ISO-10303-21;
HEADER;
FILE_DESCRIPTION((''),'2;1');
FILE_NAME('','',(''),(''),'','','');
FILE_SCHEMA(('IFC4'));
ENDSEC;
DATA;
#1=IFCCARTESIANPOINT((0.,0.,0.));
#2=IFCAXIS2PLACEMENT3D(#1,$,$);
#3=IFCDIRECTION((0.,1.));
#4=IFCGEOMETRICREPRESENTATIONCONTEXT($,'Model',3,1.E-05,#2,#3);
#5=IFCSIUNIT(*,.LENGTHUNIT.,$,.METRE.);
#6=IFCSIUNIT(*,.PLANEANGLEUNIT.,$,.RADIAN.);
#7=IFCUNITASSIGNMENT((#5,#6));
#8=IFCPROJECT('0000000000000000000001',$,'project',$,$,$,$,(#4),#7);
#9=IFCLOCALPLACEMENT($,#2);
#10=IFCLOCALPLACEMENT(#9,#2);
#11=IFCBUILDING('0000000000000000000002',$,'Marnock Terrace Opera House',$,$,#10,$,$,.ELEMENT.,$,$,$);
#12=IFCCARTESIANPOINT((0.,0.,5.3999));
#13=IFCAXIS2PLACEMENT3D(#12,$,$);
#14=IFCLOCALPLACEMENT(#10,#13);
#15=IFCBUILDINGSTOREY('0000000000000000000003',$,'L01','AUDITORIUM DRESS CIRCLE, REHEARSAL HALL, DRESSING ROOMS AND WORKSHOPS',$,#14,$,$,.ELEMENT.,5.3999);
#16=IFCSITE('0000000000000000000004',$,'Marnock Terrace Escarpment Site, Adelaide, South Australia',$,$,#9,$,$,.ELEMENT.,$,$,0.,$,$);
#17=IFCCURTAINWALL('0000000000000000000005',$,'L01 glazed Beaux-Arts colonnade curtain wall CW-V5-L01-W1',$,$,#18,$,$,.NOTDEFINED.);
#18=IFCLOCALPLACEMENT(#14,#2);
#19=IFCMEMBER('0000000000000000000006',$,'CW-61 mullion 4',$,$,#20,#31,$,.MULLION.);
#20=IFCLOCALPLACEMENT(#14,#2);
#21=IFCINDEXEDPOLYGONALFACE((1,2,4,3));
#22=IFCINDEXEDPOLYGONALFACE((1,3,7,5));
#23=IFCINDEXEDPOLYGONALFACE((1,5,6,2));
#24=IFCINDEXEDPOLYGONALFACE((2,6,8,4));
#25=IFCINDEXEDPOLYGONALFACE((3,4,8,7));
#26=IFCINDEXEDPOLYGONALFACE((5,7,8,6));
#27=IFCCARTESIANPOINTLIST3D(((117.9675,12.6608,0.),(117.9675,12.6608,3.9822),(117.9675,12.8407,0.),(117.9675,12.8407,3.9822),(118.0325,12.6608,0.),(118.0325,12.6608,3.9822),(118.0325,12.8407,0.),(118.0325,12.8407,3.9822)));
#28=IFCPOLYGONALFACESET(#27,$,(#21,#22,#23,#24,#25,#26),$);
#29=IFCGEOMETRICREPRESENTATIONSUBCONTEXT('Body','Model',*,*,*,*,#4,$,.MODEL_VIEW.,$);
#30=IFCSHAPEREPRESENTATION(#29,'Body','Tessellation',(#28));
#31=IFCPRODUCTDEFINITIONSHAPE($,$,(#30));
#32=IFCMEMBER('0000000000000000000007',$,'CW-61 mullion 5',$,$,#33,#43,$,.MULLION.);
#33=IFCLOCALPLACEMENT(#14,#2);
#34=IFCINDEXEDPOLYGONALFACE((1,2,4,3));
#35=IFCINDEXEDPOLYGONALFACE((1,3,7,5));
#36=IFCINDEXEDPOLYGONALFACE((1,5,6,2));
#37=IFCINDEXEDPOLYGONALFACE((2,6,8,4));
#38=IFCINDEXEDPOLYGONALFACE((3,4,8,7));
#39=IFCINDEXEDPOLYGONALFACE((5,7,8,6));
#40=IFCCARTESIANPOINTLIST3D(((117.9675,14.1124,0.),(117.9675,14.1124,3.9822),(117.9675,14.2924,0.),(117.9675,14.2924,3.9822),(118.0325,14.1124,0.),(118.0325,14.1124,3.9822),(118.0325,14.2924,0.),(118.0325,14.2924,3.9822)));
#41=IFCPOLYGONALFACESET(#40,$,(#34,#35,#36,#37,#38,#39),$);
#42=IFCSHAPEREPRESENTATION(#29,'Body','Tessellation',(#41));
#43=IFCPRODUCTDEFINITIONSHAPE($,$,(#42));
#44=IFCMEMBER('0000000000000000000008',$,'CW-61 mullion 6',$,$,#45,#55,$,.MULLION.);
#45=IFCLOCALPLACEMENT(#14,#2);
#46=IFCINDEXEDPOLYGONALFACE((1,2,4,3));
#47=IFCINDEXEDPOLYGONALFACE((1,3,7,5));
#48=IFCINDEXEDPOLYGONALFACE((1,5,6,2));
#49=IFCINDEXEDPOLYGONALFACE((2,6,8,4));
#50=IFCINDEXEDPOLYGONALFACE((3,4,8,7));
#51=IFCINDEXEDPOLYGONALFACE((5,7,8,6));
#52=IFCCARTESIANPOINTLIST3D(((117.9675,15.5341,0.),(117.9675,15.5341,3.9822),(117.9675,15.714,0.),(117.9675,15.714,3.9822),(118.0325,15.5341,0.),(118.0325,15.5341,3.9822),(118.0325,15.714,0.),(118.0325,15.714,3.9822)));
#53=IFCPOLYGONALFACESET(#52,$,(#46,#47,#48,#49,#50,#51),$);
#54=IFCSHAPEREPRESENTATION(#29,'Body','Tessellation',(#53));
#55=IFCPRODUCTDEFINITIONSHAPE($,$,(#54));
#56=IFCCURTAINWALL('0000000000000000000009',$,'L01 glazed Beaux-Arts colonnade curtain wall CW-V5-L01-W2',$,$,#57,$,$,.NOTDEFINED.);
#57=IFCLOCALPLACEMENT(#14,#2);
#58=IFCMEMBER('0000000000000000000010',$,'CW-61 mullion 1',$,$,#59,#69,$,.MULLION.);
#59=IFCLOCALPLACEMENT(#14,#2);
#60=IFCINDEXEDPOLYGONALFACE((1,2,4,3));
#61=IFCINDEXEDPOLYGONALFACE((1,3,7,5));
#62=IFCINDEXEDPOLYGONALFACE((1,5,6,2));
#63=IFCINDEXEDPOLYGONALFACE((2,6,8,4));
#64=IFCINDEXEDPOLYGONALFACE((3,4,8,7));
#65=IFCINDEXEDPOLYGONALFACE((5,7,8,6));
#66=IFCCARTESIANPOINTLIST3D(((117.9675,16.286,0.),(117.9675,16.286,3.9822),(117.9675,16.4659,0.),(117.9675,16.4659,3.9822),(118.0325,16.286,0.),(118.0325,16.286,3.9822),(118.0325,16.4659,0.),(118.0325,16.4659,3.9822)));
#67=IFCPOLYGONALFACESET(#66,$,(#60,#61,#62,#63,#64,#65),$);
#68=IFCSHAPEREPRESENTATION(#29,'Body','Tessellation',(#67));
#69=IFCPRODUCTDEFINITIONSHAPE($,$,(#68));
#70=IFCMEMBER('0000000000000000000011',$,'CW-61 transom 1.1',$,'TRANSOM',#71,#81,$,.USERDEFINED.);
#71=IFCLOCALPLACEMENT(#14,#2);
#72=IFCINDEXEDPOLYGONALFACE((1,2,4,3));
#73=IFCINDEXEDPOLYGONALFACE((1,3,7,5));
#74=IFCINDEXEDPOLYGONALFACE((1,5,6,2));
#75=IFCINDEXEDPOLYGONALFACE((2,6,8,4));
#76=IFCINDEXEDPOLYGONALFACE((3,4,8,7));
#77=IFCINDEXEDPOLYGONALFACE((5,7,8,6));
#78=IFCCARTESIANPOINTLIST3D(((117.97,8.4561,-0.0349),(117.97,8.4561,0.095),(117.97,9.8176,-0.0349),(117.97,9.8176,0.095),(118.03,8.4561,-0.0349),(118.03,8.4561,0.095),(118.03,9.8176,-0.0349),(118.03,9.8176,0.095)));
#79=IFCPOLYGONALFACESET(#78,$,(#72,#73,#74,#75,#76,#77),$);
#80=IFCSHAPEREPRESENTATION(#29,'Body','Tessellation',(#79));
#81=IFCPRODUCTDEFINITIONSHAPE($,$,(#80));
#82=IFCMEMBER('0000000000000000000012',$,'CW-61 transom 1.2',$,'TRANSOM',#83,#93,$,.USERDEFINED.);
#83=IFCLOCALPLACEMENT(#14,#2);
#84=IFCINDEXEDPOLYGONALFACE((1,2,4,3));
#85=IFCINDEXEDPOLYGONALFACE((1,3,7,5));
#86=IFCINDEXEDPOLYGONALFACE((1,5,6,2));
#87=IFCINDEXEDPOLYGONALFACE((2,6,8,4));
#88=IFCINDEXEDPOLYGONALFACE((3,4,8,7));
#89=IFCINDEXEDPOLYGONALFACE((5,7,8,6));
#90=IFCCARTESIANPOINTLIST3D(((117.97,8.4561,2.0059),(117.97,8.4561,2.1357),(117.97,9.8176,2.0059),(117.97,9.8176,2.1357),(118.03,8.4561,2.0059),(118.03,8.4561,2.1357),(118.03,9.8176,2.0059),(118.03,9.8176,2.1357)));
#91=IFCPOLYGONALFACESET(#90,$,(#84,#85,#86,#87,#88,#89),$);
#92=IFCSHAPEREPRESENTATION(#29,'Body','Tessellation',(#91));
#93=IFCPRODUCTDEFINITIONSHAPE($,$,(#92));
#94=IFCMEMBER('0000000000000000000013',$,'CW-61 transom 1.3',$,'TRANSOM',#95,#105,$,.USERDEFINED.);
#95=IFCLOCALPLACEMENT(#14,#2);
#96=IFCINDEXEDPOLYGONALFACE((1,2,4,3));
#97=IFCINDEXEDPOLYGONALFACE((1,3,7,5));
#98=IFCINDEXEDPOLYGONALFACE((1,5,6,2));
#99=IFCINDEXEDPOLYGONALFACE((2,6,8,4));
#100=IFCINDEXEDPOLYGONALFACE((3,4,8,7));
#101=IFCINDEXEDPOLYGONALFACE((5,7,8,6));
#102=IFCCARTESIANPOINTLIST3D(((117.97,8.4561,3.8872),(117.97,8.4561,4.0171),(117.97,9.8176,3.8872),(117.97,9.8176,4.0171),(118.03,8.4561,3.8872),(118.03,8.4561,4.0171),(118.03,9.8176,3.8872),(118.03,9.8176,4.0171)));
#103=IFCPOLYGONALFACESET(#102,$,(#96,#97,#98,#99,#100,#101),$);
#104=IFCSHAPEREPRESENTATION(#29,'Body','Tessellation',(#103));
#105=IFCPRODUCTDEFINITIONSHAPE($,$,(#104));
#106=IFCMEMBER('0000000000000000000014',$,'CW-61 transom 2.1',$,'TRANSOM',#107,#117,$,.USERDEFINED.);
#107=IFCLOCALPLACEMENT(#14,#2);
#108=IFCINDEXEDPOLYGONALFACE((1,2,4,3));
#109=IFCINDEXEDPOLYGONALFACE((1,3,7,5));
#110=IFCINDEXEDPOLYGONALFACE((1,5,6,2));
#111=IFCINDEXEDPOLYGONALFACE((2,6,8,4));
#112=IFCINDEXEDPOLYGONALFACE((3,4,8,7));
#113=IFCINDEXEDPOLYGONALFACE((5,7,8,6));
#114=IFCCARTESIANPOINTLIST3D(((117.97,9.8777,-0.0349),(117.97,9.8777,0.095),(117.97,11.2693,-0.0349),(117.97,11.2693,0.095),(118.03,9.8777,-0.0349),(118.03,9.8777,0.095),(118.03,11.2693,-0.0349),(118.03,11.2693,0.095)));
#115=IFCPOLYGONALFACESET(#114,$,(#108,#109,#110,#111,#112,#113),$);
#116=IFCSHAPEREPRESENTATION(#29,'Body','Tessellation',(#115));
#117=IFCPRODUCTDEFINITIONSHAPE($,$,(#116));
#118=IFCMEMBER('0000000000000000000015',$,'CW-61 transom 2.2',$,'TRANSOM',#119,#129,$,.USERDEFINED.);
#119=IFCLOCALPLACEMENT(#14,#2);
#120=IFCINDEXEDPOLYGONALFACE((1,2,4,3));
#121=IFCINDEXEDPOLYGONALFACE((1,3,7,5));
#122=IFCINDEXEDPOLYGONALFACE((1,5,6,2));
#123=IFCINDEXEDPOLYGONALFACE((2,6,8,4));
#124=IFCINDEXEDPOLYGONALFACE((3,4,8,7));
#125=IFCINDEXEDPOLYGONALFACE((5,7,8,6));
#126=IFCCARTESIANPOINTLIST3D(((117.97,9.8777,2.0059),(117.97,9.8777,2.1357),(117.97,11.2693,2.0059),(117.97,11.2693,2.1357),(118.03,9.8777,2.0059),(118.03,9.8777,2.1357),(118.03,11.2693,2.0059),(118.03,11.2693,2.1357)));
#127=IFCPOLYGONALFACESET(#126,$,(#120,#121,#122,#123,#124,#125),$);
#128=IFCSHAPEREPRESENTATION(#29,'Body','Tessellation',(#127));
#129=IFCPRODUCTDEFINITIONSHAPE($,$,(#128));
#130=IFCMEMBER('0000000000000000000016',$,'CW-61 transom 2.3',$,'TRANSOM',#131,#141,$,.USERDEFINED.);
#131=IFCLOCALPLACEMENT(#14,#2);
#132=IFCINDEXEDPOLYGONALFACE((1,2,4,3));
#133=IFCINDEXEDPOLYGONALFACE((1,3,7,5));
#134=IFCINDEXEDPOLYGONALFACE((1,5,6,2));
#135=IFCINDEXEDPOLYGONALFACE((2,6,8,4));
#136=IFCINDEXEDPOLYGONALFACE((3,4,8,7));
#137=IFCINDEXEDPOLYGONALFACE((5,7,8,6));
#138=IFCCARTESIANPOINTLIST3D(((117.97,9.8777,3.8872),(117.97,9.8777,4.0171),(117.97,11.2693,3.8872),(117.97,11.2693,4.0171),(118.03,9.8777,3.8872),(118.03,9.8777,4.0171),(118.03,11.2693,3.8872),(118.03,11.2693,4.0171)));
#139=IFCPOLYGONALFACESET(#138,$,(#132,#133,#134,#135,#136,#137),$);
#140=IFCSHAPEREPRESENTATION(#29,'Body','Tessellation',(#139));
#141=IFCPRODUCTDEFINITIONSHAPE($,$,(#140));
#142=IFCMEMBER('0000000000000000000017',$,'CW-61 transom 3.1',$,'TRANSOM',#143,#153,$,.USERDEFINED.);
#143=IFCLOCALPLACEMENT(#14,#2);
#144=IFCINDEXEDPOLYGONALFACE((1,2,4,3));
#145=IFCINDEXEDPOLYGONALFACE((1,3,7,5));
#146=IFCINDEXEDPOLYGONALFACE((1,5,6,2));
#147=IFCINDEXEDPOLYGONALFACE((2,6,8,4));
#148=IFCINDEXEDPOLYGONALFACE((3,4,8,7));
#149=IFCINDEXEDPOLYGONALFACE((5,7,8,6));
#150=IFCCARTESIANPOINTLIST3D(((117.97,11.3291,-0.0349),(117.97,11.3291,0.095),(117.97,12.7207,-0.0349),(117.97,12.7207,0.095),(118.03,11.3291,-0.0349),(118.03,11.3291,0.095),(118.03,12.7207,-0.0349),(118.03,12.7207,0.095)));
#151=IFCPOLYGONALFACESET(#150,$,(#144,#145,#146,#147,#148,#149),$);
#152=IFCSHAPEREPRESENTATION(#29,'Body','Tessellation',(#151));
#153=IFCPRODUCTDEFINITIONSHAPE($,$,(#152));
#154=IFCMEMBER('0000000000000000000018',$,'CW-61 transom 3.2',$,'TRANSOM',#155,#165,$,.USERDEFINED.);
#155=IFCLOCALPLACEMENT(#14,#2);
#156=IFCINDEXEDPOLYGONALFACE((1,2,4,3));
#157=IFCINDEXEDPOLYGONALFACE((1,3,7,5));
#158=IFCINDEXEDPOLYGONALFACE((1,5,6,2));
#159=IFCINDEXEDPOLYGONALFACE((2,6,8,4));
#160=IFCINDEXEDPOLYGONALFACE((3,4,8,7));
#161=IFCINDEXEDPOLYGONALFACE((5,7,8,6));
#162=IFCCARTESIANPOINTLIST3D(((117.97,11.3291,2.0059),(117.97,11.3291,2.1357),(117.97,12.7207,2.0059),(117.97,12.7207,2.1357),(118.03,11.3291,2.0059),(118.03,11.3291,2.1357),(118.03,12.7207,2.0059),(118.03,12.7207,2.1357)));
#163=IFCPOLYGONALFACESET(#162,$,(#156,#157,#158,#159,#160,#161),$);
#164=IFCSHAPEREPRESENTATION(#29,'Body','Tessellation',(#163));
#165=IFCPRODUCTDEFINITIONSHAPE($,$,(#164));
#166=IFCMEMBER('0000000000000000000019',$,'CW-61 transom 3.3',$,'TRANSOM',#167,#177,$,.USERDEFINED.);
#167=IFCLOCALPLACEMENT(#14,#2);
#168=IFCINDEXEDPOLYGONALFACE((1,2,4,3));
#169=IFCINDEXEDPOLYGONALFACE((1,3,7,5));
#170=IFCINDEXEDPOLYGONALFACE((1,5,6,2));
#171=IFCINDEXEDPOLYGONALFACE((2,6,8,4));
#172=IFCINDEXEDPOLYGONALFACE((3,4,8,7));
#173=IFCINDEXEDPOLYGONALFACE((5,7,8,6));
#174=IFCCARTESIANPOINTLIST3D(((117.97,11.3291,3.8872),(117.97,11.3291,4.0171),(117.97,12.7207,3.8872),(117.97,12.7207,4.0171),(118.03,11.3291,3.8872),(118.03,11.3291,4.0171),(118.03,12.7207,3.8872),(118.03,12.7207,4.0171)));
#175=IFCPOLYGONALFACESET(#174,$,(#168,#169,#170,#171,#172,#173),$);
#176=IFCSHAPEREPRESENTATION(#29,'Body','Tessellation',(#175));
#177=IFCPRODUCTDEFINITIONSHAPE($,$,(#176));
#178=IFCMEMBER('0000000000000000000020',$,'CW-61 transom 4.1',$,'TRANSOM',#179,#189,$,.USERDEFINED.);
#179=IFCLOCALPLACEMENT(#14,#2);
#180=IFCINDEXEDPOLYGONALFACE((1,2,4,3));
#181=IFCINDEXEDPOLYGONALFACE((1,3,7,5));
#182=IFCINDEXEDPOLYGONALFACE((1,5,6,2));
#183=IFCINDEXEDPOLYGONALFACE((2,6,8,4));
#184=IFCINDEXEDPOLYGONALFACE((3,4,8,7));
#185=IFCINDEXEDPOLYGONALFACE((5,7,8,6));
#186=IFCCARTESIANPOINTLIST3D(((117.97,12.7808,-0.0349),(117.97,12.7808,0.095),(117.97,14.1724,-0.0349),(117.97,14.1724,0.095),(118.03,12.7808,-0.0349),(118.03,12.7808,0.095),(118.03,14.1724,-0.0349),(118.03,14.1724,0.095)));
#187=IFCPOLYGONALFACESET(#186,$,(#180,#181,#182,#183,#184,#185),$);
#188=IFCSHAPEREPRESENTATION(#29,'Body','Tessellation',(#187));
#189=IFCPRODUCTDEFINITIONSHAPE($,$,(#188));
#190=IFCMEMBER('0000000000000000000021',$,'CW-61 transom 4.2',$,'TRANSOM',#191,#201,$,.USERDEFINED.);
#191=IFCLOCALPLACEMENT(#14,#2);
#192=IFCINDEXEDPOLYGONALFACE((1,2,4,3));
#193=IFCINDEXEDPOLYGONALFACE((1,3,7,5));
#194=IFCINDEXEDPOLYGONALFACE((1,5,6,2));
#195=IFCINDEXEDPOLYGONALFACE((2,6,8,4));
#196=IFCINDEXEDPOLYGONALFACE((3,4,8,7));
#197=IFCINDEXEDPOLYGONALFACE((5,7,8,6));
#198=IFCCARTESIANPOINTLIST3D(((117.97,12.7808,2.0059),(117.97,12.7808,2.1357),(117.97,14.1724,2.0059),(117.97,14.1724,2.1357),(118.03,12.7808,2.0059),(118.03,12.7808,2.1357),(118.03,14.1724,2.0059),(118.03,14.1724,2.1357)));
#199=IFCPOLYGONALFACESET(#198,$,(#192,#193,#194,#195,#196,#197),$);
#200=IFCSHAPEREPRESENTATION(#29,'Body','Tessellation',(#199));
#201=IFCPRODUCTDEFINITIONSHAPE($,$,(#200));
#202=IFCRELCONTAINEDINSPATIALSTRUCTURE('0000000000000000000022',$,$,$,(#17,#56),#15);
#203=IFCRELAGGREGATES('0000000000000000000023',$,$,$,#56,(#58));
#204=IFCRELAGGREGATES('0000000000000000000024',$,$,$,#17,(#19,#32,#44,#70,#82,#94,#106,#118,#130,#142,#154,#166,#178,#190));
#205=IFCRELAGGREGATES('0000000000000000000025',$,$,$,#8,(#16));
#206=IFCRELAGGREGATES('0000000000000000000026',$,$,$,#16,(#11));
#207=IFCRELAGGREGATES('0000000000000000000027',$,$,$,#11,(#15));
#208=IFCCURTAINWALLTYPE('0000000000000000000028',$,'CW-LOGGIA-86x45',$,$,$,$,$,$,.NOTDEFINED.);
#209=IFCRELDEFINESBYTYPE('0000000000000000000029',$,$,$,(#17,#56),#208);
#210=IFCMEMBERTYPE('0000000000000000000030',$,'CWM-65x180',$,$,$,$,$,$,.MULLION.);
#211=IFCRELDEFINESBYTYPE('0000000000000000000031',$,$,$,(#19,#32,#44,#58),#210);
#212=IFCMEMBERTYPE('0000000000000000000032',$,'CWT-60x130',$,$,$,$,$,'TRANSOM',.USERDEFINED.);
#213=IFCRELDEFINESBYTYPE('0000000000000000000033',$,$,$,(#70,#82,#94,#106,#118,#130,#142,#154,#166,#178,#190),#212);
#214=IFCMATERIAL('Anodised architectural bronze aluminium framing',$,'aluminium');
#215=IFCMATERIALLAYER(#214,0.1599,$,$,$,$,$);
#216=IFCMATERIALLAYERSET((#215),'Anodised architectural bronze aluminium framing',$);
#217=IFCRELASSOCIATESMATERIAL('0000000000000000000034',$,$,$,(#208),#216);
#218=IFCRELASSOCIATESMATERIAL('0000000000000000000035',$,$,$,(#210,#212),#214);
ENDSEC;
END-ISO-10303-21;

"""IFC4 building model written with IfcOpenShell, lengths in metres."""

from ifc_helpers import new_model, si_unit, direction, frame, origin, origin_2d, place, context, subcontext, project, spatial, rectangle, extrude, material, layer, layer_set, material_profile, profile_set, type_object, element, aggregate, save


model = new_model("IFC4")

# Units and contexts
model_context = context("Model", 3, precision=1e-05, world=origin(), true_north=direction((0.0, 1.0)))
body_context = subcontext(model_context, "Body", "Model", "MODEL_VIEW")
ifc_project = project(units=[si_unit("LENGTHUNIT", "METRE"), si_unit("PLANEANGLEUNIT", "RADIAN")], contexts=[model_context])

# Site, building, storey
site_placement = place(None, origin())
site = spatial("IfcSite", under=ifc_project, at=site_placement, Name="Marnock Terrace Escarpment Site, Adelaide, South Australia", CompositionType="ELEMENT", RefElevation=0.0)
building_placement = place(site_placement, origin())
building = spatial("IfcBuilding", under=site, at=building_placement, Name="Marnock Terrace Opera House", CompositionType="ELEMENT")
storey_placement = place(building_placement, frame((0.0, 0.0, 5.3999)))
storey = spatial("IfcBuildingStorey", under=building, at=storey_placement, Name="L01", Description="AUDITORIUM DRESS CIRCLE, REHEARSAL HALL, DRESSING ROOMS AND WORKSHOPS", CompositionType="ELEMENT", Elevation=5.3999)

# Curtain wall, members
ifc_material_1 = material(Name="Anodised architectural bronze aluminium framing", Category="aluminium")
ifc_layer_1 = layer(ifc_material_1, 0.1599)
ifc_layer_set_1 = layer_set([ifc_layer_1], Name="Anodised architectural bronze aluminium framing")
curtain_wall_type = type_object("IfcCurtainWallType", Name="CW-LOGGIA-86x45", PredefinedType="NOTDEFINED", material=ifc_layer_set_1)
curtain_wall_1_placement = place(storey_placement, origin())
curtain_wall_1 = element("IfcCurtainWall", 1, at=curtain_wall_1_placement, inside=storey, type_object=curtain_wall_type, Name="L01 glazed Beaux-Arts colonnade curtain wall CW-V5-L01-W1", PredefinedType="NOTDEFINED")
ifc_material_profile_1 = material_profile(ifc_material_1, rectangle(XDim=0.0649, YDim=0.1799, at=origin_2d()))
ifc_profile_set_1 = profile_set([ifc_material_profile_1], Name="Anodised architectural bronze aluminium framing")
member_type_1 = type_object("IfcMemberType", Name="CWM-65x180", PredefinedType="MULLION", material=ifc_profile_set_1)
member_1_placement = place(storey_placement, frame((118.0, 12.7507, 0.0), z_axis=(0.0, 0.0, 1.0), x_axis=(-1.0, 0.0, 0.0)))
member_1 = element("IfcMember", 2, at=member_1_placement, type_object=member_type_1, Name="CW-61 mullion 4", PredefinedType="MULLION", context=body_context, shape_type="SweptSolid", body=[
    extrude(rectangle(XDim=0.0649, YDim=0.1799, at=origin_2d()), origin(), (0.0, 0.0, 1.0), 3.9822),
])
member_2_placement = place(storey_placement, frame((118.0, 14.2024, 0.0), z_axis=(0.0, 0.0, 1.0), x_axis=(-1.0, 0.0, 0.0)))
member_2 = element("IfcMember", 3, at=member_2_placement, type_object=member_type_1, Name="CW-61 mullion 5", PredefinedType="MULLION", context=body_context, shape_type="SweptSolid", body=[
    extrude(rectangle(XDim=0.0649, YDim=0.1799, at=origin_2d()), origin(), (0.0, 0.0, 1.0), 3.9822),
])
member_3_placement = place(storey_placement, frame((118.0, 15.624, 0.0), z_axis=(0.0, 0.0, 1.0), x_axis=(-1.0, 0.0, 0.0)))
member_3 = element("IfcMember", 4, at=member_3_placement, type_object=member_type_1, Name="CW-61 mullion 6", PredefinedType="MULLION", context=body_context, shape_type="SweptSolid", body=[
    extrude(rectangle(XDim=0.0649, YDim=0.1799, at=origin_2d()), origin(), (0.0, 0.0, 1.0), 3.9822),
])

# Curtain wall, member
curtain_wall_2_placement = place(storey_placement, origin())
curtain_wall_2 = element("IfcCurtainWall", 5, at=curtain_wall_2_placement, inside=storey, type_object=curtain_wall_type, Name="L01 glazed Beaux-Arts colonnade curtain wall CW-V5-L01-W2", PredefinedType="NOTDEFINED")
member_4_placement = place(storey_placement, frame((118.0, 16.376, 0.0), z_axis=(0.0, 0.0, 1.0), x_axis=(-1.0, 0.0, 0.0)))
member_4 = element("IfcMember", 6, at=member_4_placement, type_object=member_type_1, Name="CW-61 mullion 1", PredefinedType="MULLION", context=body_context, shape_type="SweptSolid", body=[
    extrude(rectangle(XDim=0.0649, YDim=0.1799, at=origin_2d()), origin(), (0.0, 0.0, 1.0), 3.9822),
])

# Members
ifc_material_profile_2 = material_profile(ifc_material_1, rectangle(XDim=0.0601, YDim=0.1299, at=origin_2d()))
ifc_profile_set_2 = profile_set([ifc_material_profile_2], Name="Anodised architectural bronze aluminium framing")
member_type_2 = type_object("IfcMemberType", Name="CWT-60x130", ElementType="TRANSOM", PredefinedType="USERDEFINED", material=ifc_profile_set_2)
member_5_placement = place(storey_placement, frame((118.0, 8.4561, 0.03), z_axis=(0.0, 1.0, 0.0), x_axis=(-1.0, 0.0, 0.0)))
member_5 = element("IfcMember", 7, at=member_5_placement, type_object=member_type_2, Name="CW-61 transom 1.1", ObjectType="TRANSOM", PredefinedType="USERDEFINED", context=body_context, shape_type="SweptSolid", body=[
    extrude(rectangle(XDim=0.0601, YDim=0.1299, at=origin_2d()), origin(), (0.0, 0.0, 1.0), 1.3616),
])
member_6_placement = place(storey_placement, frame((118.0, 8.4561, 2.0708), z_axis=(0.0, 1.0, 0.0), x_axis=(-1.0, 0.0, 0.0)))
member_6 = element("IfcMember", 8, at=member_6_placement, type_object=member_type_2, Name="CW-61 transom 1.2", ObjectType="TRANSOM", PredefinedType="USERDEFINED", context=body_context, shape_type="SweptSolid", body=[
    extrude(rectangle(XDim=0.0601, YDim=0.1299, at=origin_2d()), origin(), (0.0, 0.0, 1.0), 1.3616),
])
member_7_placement = place(storey_placement, frame((118.0, 8.4561, 3.9521), z_axis=(0.0, 1.0, 0.0), x_axis=(-1.0, 0.0, 0.0)))
member_7 = element("IfcMember", 9, at=member_7_placement, type_object=member_type_2, Name="CW-61 transom 1.3", ObjectType="TRANSOM", PredefinedType="USERDEFINED", context=body_context, shape_type="SweptSolid", body=[
    extrude(rectangle(XDim=0.0601, YDim=0.1299, at=origin_2d()), origin(), (0.0, 0.0, 1.0), 1.3616),
])
member_8_placement = place(storey_placement, frame((118.0, 9.8777, 0.03), z_axis=(0.0, 1.0, 0.0), x_axis=(-1.0, 0.0, 0.0)))
member_8 = element("IfcMember", 10, at=member_8_placement, type_object=member_type_2, Name="CW-61 transom 2.1", ObjectType="TRANSOM", PredefinedType="USERDEFINED", context=body_context, shape_type="SweptSolid", body=[
    extrude(rectangle(XDim=0.0601, YDim=0.1299, at=origin_2d()), origin(), (0.0, 0.0, 1.0), 1.3916),
])
member_9_placement = place(storey_placement, frame((118.0, 9.8777, 2.0708), z_axis=(0.0, 1.0, 0.0), x_axis=(-1.0, 0.0, 0.0)))
member_9 = element("IfcMember", 11, at=member_9_placement, type_object=member_type_2, Name="CW-61 transom 2.2", ObjectType="TRANSOM", PredefinedType="USERDEFINED", context=body_context, shape_type="SweptSolid", body=[
    extrude(rectangle(XDim=0.0601, YDim=0.1299, at=origin_2d()), origin(), (0.0, 0.0, 1.0), 1.3916),
])
member_10_placement = place(storey_placement, frame((118.0, 9.8777, 3.9521), z_axis=(0.0, 1.0, 0.0), x_axis=(-1.0, 0.0, 0.0)))
member_10 = element("IfcMember", 12, at=member_10_placement, type_object=member_type_2, Name="CW-61 transom 2.3", ObjectType="TRANSOM", PredefinedType="USERDEFINED", context=body_context, shape_type="SweptSolid", body=[
    extrude(rectangle(XDim=0.0601, YDim=0.1299, at=origin_2d()), origin(), (0.0, 0.0, 1.0), 1.3916),
])
member_11_placement = place(storey_placement, frame((118.0, 11.3291, 0.03), z_axis=(0.0, 1.0, 0.0), x_axis=(-1.0, 0.0, 0.0)))
member_11 = element("IfcMember", 13, at=member_11_placement, type_object=member_type_2, Name="CW-61 transom 3.1", ObjectType="TRANSOM", PredefinedType="USERDEFINED", context=body_context, shape_type="SweptSolid", body=[
    extrude(rectangle(XDim=0.0601, YDim=0.1299, at=origin_2d()), origin(), (0.0, 0.0, 1.0), 1.3916),
])
member_12_placement = place(storey_placement, frame((118.0, 11.3291, 2.0708), z_axis=(0.0, 1.0, 0.0), x_axis=(-1.0, 0.0, 0.0)))
member_12 = element("IfcMember", 14, at=member_12_placement, type_object=member_type_2, Name="CW-61 transom 3.2", ObjectType="TRANSOM", PredefinedType="USERDEFINED", context=body_context, shape_type="SweptSolid", body=[
    extrude(rectangle(XDim=0.0601, YDim=0.1299, at=origin_2d()), origin(), (0.0, 0.0, 1.0), 1.3916),
])
member_13_placement = place(storey_placement, frame((118.0, 11.3291, 3.9521), z_axis=(0.0, 1.0, 0.0), x_axis=(-1.0, 0.0, 0.0)))
member_13 = element("IfcMember", 15, at=member_13_placement, type_object=member_type_2, Name="CW-61 transom 3.3", ObjectType="TRANSOM", PredefinedType="USERDEFINED", context=body_context, shape_type="SweptSolid", body=[
    extrude(rectangle(XDim=0.0601, YDim=0.1299, at=origin_2d()), origin(), (0.0, 0.0, 1.0), 1.3916),
])
member_14_placement = place(storey_placement, frame((118.0, 12.7808, 0.03), z_axis=(0.0, 1.0, 0.0), x_axis=(-1.0, 0.0, 0.0)))
member_14 = element("IfcMember", 16, at=member_14_placement, type_object=member_type_2, Name="CW-61 transom 4.1", ObjectType="TRANSOM", PredefinedType="USERDEFINED", context=body_context, shape_type="SweptSolid", body=[
    extrude(rectangle(XDim=0.0601, YDim=0.1299, at=origin_2d()), origin(), (0.0, 0.0, 1.0), 1.3916),
])
member_15_placement = place(storey_placement, frame((118.0, 12.7808, 2.0708), z_axis=(0.0, 1.0, 0.0), x_axis=(-1.0, 0.0, 0.0)))
member_15 = element("IfcMember", 17, at=member_15_placement, type_object=member_type_2, Name="CW-61 transom 4.2", ObjectType="TRANSOM", PredefinedType="USERDEFINED", context=body_context, shape_type="SweptSolid", body=[
    extrude(rectangle(XDim=0.0601, YDim=0.1299, at=origin_2d()), origin(), (0.0, 0.0, 1.0), 1.3916),
])
aggregate(curtain_wall_2, [member_4])

aggregate(curtain_wall_1, [member_1, member_2, member_3, member_5, member_6, member_7, member_8, member_9, member_10, member_11, member_12, member_13, member_14, member_15])

save(model, "model.ifc")
